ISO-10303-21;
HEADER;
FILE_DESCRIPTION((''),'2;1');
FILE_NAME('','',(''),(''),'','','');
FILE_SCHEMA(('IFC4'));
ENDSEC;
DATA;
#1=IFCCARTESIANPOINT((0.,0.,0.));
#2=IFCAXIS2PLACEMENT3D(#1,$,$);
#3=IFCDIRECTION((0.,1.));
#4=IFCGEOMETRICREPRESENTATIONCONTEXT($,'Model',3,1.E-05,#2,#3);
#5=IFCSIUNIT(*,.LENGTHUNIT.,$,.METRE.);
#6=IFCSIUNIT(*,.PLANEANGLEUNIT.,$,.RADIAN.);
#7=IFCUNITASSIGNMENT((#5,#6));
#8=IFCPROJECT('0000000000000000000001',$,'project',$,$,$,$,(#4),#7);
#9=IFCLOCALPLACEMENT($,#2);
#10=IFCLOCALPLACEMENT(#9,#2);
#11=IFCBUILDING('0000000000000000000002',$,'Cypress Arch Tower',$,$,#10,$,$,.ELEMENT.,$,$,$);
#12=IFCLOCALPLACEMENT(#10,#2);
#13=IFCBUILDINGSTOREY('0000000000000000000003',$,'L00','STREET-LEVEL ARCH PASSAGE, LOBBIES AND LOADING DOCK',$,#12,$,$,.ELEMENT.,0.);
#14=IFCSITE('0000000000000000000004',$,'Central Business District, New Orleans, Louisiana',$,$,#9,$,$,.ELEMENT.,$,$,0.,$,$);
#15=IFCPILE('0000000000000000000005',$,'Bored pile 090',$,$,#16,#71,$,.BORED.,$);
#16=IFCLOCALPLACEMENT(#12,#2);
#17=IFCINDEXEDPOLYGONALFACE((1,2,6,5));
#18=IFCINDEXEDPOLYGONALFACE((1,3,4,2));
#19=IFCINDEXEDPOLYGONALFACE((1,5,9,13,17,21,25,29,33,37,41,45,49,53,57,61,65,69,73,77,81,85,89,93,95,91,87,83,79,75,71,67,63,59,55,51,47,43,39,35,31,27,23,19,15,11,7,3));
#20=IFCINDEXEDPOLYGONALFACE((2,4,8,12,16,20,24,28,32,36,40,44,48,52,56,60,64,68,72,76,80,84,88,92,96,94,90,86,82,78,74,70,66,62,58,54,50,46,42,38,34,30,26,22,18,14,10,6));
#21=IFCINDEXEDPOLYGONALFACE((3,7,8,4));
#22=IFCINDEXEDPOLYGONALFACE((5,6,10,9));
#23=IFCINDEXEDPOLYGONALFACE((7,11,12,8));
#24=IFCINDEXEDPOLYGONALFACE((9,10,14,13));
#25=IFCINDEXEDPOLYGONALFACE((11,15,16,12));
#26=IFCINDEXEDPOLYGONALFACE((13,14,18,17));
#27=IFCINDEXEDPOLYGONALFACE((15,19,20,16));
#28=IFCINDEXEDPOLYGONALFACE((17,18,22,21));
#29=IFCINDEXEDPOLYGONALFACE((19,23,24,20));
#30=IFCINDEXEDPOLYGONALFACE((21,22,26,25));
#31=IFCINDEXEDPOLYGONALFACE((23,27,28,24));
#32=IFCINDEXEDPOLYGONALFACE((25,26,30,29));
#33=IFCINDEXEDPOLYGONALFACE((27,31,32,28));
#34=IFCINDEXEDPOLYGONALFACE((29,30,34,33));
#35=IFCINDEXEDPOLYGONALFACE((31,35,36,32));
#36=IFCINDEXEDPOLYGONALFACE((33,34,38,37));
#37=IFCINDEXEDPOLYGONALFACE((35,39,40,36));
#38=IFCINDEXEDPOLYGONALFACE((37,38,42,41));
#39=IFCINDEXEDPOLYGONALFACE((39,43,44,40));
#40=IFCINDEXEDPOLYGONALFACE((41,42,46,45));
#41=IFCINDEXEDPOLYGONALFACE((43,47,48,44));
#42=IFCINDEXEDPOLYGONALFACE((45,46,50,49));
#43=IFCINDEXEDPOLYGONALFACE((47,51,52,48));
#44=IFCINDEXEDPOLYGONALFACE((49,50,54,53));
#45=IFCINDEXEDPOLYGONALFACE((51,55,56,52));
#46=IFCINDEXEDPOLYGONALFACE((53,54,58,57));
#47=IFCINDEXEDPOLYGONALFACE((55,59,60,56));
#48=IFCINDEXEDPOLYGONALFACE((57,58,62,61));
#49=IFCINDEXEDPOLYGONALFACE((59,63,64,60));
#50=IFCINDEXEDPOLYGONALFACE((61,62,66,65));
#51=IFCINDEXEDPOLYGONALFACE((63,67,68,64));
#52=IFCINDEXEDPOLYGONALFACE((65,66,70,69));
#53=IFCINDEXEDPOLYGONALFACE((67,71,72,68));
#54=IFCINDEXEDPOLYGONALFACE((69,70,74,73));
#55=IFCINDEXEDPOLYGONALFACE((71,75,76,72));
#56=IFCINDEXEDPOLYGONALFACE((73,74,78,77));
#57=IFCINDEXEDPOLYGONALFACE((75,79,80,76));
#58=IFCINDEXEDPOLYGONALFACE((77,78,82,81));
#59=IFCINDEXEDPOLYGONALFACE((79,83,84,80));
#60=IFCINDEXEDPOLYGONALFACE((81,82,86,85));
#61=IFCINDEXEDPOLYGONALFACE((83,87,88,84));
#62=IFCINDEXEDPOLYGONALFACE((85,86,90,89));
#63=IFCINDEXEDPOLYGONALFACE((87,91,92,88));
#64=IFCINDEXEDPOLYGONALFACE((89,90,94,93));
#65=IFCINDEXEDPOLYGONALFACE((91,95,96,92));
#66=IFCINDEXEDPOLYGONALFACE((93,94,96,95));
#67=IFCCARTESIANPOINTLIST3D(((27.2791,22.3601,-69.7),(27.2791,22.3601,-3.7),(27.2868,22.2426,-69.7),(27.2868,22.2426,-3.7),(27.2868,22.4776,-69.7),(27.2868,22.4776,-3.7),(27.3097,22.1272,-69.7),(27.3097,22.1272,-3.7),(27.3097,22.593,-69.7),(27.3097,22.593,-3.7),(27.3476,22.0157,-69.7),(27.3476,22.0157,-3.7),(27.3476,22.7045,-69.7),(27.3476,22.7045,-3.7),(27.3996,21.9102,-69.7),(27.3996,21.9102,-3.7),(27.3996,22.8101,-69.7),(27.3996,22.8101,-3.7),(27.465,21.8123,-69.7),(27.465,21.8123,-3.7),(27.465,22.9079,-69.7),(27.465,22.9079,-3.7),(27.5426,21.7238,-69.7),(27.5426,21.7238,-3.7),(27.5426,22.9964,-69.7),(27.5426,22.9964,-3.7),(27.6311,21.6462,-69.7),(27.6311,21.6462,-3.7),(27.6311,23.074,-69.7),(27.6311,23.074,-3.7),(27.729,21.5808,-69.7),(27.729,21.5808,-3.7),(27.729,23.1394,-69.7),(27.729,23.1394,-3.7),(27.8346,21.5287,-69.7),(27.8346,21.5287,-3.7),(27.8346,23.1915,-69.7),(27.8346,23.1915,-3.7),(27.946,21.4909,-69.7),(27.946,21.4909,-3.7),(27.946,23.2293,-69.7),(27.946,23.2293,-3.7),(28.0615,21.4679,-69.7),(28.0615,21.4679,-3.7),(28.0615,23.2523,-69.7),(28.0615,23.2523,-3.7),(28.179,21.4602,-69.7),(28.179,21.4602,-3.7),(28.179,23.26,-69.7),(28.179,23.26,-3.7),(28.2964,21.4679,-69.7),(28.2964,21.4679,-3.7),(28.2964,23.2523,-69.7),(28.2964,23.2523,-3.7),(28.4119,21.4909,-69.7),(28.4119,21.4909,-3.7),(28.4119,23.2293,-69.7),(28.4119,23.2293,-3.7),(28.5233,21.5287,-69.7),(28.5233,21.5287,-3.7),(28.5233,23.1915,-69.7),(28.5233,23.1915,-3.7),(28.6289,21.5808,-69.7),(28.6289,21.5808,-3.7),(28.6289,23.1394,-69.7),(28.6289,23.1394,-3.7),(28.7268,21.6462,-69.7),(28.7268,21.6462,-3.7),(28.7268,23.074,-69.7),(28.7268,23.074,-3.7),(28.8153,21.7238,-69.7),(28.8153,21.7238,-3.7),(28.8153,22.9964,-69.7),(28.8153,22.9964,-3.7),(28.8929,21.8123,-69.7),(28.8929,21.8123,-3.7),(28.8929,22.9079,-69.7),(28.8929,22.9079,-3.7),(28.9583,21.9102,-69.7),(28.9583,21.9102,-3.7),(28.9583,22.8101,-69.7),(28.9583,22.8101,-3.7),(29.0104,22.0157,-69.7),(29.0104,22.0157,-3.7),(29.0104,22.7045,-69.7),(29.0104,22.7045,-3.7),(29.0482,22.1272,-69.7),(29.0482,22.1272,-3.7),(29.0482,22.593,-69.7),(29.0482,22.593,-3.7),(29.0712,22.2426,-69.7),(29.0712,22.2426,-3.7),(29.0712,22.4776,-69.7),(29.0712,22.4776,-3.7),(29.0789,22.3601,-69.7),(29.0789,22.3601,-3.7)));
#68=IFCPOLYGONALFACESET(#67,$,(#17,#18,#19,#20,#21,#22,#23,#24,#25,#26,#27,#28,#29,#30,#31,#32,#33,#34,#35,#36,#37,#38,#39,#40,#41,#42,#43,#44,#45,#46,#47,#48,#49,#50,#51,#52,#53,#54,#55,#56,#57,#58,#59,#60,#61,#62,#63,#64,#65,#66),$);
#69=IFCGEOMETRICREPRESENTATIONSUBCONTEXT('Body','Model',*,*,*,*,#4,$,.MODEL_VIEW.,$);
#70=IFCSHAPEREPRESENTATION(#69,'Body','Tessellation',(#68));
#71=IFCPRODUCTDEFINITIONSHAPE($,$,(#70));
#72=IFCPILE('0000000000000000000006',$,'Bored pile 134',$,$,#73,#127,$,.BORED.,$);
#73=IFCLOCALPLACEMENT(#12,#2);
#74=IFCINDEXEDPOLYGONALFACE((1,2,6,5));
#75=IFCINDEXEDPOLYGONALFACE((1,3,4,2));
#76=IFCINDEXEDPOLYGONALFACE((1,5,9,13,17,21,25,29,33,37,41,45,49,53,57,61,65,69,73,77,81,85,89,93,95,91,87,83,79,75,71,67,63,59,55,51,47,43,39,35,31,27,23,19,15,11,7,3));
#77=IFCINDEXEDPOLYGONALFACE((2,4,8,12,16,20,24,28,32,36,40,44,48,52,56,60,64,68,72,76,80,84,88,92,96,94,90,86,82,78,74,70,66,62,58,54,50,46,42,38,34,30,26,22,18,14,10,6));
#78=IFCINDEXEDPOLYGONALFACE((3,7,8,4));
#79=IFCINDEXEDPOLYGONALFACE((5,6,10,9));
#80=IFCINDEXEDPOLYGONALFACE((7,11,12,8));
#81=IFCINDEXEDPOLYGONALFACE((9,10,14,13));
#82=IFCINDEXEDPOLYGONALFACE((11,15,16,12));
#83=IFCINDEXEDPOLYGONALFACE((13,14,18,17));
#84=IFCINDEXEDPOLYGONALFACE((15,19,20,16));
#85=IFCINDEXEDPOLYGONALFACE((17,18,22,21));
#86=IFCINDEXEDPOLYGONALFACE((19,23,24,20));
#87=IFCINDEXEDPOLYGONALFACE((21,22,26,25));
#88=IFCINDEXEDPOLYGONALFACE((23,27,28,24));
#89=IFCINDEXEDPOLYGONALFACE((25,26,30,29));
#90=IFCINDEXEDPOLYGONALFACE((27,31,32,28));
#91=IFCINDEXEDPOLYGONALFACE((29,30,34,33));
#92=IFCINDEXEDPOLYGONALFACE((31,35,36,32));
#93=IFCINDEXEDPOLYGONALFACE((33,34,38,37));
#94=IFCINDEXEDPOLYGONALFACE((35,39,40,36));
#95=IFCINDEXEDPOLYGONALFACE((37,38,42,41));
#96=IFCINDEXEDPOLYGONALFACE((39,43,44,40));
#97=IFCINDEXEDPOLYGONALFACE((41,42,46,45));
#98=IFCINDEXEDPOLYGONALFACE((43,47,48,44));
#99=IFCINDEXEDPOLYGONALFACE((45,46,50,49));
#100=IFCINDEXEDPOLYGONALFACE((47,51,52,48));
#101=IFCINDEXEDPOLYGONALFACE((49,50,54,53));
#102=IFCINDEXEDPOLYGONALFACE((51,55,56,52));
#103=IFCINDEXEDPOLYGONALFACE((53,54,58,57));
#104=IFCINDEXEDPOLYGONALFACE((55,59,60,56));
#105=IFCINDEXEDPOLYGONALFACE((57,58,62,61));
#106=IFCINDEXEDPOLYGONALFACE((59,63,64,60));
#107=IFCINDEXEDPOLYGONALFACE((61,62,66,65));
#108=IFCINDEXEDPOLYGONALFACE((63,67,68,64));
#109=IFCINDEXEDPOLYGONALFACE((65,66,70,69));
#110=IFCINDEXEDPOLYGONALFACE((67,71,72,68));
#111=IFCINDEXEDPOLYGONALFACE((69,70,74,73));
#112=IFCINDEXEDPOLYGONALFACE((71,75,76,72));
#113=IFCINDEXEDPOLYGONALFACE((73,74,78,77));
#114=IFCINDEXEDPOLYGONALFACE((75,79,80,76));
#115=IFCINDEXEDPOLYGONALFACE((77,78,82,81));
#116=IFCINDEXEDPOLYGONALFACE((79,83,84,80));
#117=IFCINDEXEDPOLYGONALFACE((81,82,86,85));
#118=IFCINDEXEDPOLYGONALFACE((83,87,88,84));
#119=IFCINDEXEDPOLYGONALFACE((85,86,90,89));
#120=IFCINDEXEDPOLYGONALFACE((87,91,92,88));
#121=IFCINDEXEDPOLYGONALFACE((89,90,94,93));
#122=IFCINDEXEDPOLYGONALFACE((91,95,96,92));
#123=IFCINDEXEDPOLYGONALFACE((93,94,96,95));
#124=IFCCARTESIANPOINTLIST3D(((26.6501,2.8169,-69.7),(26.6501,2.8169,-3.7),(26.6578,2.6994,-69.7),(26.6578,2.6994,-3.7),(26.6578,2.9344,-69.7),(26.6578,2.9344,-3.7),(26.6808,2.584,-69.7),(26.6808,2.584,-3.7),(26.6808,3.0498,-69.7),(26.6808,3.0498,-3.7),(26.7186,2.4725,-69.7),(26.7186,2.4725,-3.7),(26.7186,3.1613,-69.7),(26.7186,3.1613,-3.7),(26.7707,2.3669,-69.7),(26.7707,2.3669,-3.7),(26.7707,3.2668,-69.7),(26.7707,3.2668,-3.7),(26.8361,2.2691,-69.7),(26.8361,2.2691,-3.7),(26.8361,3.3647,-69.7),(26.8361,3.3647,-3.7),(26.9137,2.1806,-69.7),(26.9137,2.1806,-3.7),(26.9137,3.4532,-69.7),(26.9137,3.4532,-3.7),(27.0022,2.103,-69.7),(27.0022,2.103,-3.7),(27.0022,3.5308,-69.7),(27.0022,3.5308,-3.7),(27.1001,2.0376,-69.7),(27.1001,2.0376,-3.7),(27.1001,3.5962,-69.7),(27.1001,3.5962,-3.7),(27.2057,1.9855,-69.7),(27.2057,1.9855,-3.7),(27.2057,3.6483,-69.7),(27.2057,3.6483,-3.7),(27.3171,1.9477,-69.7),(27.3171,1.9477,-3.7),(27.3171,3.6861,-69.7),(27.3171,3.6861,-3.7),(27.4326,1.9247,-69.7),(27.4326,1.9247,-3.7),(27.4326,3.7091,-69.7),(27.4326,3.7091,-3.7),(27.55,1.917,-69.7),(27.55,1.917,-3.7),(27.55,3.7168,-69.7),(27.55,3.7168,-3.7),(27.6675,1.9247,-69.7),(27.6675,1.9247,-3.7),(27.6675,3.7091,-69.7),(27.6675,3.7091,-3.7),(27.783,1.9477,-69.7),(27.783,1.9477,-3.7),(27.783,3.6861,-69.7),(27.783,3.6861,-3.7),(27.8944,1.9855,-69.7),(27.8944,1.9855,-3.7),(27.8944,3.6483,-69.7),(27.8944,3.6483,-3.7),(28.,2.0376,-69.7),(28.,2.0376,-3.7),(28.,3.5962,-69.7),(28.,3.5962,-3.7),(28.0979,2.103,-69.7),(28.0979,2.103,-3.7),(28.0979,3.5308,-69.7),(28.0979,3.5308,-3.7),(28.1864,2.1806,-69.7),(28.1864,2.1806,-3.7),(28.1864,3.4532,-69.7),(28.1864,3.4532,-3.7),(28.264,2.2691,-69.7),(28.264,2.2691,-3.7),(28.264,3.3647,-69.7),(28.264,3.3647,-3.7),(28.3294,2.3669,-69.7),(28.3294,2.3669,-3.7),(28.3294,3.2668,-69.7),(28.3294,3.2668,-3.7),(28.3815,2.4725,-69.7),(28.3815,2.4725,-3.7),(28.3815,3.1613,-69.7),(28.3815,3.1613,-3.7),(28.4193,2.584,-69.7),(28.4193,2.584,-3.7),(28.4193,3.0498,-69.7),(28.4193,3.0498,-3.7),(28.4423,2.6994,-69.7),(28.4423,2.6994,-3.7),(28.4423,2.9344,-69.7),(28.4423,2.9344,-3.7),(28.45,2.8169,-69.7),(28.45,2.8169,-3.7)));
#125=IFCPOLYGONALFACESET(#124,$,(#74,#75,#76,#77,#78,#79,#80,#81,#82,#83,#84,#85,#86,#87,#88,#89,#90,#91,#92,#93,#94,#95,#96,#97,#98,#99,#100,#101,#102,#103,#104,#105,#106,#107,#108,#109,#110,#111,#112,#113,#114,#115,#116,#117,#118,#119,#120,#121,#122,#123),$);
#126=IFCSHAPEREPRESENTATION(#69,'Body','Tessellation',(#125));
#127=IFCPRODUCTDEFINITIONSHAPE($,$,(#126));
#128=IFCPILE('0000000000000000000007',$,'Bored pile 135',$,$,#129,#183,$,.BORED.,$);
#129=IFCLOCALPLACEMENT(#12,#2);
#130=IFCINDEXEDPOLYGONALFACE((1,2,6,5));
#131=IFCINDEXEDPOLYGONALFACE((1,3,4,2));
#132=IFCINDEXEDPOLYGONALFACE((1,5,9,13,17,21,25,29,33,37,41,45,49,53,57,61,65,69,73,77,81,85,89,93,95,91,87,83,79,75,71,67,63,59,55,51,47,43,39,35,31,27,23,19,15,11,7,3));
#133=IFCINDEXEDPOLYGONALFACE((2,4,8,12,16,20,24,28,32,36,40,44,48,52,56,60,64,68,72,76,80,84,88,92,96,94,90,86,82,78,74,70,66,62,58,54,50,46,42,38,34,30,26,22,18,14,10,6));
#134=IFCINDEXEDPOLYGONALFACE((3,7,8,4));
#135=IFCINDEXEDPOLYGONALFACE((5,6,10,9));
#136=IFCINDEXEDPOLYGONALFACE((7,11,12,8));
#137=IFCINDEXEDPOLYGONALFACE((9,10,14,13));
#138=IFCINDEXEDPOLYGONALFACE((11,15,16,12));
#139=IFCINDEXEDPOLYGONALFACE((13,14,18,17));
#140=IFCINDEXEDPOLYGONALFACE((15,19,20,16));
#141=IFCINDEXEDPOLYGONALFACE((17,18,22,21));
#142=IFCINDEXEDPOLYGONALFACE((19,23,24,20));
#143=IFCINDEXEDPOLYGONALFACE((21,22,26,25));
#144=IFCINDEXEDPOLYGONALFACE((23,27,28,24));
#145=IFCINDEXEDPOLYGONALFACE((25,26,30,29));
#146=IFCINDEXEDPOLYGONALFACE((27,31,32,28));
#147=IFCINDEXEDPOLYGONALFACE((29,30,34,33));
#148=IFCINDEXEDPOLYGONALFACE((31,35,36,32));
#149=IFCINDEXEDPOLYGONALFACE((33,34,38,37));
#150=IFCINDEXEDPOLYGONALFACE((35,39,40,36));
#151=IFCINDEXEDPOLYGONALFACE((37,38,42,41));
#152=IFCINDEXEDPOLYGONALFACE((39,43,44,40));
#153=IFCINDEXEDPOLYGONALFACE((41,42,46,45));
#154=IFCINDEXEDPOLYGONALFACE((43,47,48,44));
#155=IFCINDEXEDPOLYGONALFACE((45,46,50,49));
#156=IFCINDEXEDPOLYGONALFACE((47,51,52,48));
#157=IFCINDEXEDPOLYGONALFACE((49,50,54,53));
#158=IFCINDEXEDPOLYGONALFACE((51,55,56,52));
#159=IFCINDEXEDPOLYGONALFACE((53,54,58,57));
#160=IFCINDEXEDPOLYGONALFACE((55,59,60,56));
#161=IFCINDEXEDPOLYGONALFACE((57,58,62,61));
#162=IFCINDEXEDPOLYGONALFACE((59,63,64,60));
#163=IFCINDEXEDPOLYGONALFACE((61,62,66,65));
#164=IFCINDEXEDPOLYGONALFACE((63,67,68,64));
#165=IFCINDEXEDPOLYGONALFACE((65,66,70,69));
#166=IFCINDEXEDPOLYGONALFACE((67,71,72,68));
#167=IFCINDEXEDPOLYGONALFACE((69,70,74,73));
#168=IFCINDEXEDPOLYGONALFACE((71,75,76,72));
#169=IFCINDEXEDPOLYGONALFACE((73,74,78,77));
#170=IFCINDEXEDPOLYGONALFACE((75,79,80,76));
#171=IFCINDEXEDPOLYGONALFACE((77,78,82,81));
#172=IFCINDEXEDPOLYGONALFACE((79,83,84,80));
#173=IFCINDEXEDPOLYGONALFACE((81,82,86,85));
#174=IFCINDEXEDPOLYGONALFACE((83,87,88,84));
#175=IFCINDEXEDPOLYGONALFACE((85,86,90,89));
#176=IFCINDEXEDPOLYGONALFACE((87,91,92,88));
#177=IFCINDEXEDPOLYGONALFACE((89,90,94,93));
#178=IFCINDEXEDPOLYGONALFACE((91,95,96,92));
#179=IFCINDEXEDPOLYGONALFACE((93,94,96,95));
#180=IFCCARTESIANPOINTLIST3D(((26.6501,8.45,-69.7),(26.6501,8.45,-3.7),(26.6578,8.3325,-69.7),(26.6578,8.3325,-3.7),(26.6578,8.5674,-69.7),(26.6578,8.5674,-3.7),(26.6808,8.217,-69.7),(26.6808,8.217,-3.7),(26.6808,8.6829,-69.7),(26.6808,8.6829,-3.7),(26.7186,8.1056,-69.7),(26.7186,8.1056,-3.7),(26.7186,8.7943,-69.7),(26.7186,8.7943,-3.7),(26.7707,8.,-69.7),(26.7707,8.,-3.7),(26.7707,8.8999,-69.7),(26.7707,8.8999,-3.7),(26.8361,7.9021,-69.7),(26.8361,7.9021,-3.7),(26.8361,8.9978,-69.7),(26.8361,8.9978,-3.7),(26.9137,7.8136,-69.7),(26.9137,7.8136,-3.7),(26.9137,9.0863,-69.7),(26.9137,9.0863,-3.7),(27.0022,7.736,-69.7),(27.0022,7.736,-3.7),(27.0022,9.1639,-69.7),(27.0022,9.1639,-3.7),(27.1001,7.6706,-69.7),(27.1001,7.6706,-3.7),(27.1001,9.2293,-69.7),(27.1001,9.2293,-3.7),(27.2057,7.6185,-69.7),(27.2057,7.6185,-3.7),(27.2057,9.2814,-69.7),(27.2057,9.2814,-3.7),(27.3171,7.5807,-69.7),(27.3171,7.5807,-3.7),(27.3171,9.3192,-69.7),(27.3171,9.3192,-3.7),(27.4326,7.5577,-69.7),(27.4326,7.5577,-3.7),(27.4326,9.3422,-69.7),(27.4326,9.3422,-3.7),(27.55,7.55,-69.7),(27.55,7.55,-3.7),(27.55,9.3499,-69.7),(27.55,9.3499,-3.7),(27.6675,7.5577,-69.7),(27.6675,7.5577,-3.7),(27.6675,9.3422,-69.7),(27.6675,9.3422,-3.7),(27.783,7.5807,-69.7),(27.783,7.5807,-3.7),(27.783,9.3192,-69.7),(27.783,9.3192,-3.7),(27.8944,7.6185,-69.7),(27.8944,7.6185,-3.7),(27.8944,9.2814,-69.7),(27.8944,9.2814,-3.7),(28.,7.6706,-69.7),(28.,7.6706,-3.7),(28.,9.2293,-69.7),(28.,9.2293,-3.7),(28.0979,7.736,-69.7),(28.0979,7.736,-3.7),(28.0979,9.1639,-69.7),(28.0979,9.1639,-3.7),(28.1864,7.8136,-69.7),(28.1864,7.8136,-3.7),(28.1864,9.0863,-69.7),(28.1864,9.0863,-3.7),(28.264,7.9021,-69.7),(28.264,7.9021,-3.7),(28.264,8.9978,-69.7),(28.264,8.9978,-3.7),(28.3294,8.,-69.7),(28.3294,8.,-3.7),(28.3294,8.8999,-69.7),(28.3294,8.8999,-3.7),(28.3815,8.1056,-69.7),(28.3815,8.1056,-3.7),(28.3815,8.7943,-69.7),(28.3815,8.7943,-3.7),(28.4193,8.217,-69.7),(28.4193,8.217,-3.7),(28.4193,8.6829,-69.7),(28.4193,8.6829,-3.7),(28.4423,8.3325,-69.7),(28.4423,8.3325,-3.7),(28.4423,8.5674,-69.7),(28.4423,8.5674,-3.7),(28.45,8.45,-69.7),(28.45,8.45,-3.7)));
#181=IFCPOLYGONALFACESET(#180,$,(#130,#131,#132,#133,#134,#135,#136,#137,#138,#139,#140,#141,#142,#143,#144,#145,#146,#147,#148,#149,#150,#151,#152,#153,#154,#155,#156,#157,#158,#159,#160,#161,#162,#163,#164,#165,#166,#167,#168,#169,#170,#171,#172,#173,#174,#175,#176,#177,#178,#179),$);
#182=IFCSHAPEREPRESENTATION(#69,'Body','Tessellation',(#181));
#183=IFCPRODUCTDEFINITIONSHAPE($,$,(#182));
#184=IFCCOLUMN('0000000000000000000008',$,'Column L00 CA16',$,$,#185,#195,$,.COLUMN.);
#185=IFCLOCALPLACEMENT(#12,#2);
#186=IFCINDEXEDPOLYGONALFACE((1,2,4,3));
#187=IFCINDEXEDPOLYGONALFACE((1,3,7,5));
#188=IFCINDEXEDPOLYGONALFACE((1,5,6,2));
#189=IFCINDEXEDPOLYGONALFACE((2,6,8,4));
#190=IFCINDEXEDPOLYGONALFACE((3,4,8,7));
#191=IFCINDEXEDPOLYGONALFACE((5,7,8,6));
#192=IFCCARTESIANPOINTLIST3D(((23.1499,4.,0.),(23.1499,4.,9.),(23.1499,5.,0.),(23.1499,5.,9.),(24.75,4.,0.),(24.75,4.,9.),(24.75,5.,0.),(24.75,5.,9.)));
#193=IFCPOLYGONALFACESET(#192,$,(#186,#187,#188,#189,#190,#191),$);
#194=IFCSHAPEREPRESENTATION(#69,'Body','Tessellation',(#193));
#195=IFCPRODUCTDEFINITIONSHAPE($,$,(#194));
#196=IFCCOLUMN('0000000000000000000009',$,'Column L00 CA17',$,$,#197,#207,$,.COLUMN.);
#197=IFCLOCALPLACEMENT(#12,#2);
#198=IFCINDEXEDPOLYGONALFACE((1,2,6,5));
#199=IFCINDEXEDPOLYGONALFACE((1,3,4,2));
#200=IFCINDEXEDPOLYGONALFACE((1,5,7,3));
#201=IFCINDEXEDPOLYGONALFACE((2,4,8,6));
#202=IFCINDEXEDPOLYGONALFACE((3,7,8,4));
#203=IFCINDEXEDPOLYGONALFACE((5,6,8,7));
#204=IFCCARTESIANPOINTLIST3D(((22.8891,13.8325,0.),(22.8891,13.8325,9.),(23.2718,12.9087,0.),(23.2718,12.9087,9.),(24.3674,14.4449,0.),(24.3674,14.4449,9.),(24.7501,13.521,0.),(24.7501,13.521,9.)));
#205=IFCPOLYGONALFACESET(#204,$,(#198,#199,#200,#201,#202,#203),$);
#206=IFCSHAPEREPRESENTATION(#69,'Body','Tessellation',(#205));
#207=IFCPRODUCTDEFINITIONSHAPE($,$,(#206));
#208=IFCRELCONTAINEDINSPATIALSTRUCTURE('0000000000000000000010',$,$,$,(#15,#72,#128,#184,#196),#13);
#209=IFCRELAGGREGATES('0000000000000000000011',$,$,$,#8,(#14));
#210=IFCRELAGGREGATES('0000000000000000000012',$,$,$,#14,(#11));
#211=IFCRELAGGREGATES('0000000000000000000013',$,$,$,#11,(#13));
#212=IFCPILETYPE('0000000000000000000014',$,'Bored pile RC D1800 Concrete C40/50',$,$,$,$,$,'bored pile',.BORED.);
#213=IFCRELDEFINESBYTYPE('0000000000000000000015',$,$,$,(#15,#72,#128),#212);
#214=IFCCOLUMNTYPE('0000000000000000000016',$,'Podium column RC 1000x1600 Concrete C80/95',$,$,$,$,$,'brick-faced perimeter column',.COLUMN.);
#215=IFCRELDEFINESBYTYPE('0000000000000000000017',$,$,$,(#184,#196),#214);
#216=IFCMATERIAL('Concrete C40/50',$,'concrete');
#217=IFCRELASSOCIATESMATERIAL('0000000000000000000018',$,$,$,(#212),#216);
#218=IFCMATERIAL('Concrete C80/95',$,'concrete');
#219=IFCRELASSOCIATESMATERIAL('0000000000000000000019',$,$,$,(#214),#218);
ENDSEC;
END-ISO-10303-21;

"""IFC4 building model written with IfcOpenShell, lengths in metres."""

from ifc_helpers import new_model, si_unit, direction, frame, origin, origin_2d, place, context, subcontext, project, spatial, rectangle, circle, extrude, material, material_profile, profile_set, type_object, element, save


model = new_model("IFC4")

# Units and contexts
model_context = context("Model", 3, precision=1e-05, world=origin(), true_north=direction((0.0, 1.0)))
body_context = subcontext(model_context, "Body", "Model", "MODEL_VIEW")
ifc_project = project(units=[si_unit("LENGTHUNIT", "METRE"), si_unit("PLANEANGLEUNIT", "RADIAN")], contexts=[model_context])

# Site, building, storey
site_placement = place(None, origin())
site = spatial("IfcSite", under=ifc_project, at=site_placement, Name="Central Business District, New Orleans, Louisiana", CompositionType="ELEMENT", RefElevation=0.0)
building_placement = place(site_placement, origin())
building = spatial("IfcBuilding", under=site, at=building_placement, Name="Cypress Arch Tower", CompositionType="ELEMENT")
storey_placement = place(building_placement, origin())
storey = spatial("IfcBuildingStorey", under=building, at=storey_placement, Name="L00", Description="STREET-LEVEL ARCH PASSAGE, LOBBIES AND LOADING DOCK", CompositionType="ELEMENT", Elevation=0.0)

# Piles
ifc_material_1 = material(Name="Concrete C40/50", Category="concrete")
ifc_material_profile_1 = material_profile(ifc_material_1, circle(Radius=0.8999, at=origin_2d()), Name="RC D1800")
ifc_profile_set_1 = profile_set([ifc_material_profile_1], Name="Concrete C40/50")
pile_type = type_object("IfcPileType", Name="Bored pile RC D1800 Concrete C40/50", ElementType="bored pile", PredefinedType="BORED", material=ifc_profile_set_1)
for number, where, z_axis, x_axis, name in (
    (1, (28.179, 22.3601, -3.7), (0.0, 0.0, -1.0), (1.0, 0.0, 0.0), "Bored pile 090"),
    (2, (27.55, 2.8169, -3.7), (0.0, 0.0, -1.0), (1.0, 0.0, 0.0), "Bored pile 134"),
    (3, (27.55, 8.45, -3.7), (0.0, 0.0, -1.0), (1.0, 0.0, 0.0), "Bored pile 135"),
):
    element("IfcPile", number, at=place(storey_placement, frame(where, z_axis=z_axis, x_axis=x_axis)), inside=storey, type_object=pile_type, Name=name, PredefinedType="BORED", context=body_context, shape_type="SweptSolid", body=[
        extrude(circle(Radius=0.8999, at=origin_2d()), origin(), (0.0, 0.0, 1.0), 66.0),
    ])

# Columns
ifc_material_2 = material(Name="Concrete C80/95", Category="concrete")
ifc_material_profile_2 = material_profile(ifc_material_2, rectangle(XDim=1.0, YDim=1.6001, at=origin_2d()), Name="RC 1000x1600")
ifc_profile_set_2 = profile_set([ifc_material_profile_2], Name="Concrete C80/95")
column_type = type_object("IfcColumnType", Name="Podium column RC 1000x1600 Concrete C80/95", ElementType="brick-faced perimeter column", PredefinedType="COLUMN", material=ifc_profile_set_2)
for number, where, z_axis, x_axis, name in (
    (4, (23.95, 4.5, 0.0), (0.0, 0.0, 1.0), (0.0, 1.0, 0.0), "Column L00 CA16"),
    (5, (23.8196, 13.6768, 0.0), (0.0, 0.0, 1.0), (-0.382683, 0.92388, 0.0), "Column L00 CA17"),
):
    element("IfcColumn", number, at=place(storey_placement, frame(where, z_axis=z_axis, x_axis=x_axis)), inside=storey, type_object=column_type, Name=name, PredefinedType="COLUMN", context=body_context, shape_type="SweptSolid", body=[
        extrude(rectangle(XDim=1.0, YDim=1.6001, at=origin_2d()), origin(), (0.0, 0.0, 1.0), 9.0),
    ])

save(model, "model.ifc")
